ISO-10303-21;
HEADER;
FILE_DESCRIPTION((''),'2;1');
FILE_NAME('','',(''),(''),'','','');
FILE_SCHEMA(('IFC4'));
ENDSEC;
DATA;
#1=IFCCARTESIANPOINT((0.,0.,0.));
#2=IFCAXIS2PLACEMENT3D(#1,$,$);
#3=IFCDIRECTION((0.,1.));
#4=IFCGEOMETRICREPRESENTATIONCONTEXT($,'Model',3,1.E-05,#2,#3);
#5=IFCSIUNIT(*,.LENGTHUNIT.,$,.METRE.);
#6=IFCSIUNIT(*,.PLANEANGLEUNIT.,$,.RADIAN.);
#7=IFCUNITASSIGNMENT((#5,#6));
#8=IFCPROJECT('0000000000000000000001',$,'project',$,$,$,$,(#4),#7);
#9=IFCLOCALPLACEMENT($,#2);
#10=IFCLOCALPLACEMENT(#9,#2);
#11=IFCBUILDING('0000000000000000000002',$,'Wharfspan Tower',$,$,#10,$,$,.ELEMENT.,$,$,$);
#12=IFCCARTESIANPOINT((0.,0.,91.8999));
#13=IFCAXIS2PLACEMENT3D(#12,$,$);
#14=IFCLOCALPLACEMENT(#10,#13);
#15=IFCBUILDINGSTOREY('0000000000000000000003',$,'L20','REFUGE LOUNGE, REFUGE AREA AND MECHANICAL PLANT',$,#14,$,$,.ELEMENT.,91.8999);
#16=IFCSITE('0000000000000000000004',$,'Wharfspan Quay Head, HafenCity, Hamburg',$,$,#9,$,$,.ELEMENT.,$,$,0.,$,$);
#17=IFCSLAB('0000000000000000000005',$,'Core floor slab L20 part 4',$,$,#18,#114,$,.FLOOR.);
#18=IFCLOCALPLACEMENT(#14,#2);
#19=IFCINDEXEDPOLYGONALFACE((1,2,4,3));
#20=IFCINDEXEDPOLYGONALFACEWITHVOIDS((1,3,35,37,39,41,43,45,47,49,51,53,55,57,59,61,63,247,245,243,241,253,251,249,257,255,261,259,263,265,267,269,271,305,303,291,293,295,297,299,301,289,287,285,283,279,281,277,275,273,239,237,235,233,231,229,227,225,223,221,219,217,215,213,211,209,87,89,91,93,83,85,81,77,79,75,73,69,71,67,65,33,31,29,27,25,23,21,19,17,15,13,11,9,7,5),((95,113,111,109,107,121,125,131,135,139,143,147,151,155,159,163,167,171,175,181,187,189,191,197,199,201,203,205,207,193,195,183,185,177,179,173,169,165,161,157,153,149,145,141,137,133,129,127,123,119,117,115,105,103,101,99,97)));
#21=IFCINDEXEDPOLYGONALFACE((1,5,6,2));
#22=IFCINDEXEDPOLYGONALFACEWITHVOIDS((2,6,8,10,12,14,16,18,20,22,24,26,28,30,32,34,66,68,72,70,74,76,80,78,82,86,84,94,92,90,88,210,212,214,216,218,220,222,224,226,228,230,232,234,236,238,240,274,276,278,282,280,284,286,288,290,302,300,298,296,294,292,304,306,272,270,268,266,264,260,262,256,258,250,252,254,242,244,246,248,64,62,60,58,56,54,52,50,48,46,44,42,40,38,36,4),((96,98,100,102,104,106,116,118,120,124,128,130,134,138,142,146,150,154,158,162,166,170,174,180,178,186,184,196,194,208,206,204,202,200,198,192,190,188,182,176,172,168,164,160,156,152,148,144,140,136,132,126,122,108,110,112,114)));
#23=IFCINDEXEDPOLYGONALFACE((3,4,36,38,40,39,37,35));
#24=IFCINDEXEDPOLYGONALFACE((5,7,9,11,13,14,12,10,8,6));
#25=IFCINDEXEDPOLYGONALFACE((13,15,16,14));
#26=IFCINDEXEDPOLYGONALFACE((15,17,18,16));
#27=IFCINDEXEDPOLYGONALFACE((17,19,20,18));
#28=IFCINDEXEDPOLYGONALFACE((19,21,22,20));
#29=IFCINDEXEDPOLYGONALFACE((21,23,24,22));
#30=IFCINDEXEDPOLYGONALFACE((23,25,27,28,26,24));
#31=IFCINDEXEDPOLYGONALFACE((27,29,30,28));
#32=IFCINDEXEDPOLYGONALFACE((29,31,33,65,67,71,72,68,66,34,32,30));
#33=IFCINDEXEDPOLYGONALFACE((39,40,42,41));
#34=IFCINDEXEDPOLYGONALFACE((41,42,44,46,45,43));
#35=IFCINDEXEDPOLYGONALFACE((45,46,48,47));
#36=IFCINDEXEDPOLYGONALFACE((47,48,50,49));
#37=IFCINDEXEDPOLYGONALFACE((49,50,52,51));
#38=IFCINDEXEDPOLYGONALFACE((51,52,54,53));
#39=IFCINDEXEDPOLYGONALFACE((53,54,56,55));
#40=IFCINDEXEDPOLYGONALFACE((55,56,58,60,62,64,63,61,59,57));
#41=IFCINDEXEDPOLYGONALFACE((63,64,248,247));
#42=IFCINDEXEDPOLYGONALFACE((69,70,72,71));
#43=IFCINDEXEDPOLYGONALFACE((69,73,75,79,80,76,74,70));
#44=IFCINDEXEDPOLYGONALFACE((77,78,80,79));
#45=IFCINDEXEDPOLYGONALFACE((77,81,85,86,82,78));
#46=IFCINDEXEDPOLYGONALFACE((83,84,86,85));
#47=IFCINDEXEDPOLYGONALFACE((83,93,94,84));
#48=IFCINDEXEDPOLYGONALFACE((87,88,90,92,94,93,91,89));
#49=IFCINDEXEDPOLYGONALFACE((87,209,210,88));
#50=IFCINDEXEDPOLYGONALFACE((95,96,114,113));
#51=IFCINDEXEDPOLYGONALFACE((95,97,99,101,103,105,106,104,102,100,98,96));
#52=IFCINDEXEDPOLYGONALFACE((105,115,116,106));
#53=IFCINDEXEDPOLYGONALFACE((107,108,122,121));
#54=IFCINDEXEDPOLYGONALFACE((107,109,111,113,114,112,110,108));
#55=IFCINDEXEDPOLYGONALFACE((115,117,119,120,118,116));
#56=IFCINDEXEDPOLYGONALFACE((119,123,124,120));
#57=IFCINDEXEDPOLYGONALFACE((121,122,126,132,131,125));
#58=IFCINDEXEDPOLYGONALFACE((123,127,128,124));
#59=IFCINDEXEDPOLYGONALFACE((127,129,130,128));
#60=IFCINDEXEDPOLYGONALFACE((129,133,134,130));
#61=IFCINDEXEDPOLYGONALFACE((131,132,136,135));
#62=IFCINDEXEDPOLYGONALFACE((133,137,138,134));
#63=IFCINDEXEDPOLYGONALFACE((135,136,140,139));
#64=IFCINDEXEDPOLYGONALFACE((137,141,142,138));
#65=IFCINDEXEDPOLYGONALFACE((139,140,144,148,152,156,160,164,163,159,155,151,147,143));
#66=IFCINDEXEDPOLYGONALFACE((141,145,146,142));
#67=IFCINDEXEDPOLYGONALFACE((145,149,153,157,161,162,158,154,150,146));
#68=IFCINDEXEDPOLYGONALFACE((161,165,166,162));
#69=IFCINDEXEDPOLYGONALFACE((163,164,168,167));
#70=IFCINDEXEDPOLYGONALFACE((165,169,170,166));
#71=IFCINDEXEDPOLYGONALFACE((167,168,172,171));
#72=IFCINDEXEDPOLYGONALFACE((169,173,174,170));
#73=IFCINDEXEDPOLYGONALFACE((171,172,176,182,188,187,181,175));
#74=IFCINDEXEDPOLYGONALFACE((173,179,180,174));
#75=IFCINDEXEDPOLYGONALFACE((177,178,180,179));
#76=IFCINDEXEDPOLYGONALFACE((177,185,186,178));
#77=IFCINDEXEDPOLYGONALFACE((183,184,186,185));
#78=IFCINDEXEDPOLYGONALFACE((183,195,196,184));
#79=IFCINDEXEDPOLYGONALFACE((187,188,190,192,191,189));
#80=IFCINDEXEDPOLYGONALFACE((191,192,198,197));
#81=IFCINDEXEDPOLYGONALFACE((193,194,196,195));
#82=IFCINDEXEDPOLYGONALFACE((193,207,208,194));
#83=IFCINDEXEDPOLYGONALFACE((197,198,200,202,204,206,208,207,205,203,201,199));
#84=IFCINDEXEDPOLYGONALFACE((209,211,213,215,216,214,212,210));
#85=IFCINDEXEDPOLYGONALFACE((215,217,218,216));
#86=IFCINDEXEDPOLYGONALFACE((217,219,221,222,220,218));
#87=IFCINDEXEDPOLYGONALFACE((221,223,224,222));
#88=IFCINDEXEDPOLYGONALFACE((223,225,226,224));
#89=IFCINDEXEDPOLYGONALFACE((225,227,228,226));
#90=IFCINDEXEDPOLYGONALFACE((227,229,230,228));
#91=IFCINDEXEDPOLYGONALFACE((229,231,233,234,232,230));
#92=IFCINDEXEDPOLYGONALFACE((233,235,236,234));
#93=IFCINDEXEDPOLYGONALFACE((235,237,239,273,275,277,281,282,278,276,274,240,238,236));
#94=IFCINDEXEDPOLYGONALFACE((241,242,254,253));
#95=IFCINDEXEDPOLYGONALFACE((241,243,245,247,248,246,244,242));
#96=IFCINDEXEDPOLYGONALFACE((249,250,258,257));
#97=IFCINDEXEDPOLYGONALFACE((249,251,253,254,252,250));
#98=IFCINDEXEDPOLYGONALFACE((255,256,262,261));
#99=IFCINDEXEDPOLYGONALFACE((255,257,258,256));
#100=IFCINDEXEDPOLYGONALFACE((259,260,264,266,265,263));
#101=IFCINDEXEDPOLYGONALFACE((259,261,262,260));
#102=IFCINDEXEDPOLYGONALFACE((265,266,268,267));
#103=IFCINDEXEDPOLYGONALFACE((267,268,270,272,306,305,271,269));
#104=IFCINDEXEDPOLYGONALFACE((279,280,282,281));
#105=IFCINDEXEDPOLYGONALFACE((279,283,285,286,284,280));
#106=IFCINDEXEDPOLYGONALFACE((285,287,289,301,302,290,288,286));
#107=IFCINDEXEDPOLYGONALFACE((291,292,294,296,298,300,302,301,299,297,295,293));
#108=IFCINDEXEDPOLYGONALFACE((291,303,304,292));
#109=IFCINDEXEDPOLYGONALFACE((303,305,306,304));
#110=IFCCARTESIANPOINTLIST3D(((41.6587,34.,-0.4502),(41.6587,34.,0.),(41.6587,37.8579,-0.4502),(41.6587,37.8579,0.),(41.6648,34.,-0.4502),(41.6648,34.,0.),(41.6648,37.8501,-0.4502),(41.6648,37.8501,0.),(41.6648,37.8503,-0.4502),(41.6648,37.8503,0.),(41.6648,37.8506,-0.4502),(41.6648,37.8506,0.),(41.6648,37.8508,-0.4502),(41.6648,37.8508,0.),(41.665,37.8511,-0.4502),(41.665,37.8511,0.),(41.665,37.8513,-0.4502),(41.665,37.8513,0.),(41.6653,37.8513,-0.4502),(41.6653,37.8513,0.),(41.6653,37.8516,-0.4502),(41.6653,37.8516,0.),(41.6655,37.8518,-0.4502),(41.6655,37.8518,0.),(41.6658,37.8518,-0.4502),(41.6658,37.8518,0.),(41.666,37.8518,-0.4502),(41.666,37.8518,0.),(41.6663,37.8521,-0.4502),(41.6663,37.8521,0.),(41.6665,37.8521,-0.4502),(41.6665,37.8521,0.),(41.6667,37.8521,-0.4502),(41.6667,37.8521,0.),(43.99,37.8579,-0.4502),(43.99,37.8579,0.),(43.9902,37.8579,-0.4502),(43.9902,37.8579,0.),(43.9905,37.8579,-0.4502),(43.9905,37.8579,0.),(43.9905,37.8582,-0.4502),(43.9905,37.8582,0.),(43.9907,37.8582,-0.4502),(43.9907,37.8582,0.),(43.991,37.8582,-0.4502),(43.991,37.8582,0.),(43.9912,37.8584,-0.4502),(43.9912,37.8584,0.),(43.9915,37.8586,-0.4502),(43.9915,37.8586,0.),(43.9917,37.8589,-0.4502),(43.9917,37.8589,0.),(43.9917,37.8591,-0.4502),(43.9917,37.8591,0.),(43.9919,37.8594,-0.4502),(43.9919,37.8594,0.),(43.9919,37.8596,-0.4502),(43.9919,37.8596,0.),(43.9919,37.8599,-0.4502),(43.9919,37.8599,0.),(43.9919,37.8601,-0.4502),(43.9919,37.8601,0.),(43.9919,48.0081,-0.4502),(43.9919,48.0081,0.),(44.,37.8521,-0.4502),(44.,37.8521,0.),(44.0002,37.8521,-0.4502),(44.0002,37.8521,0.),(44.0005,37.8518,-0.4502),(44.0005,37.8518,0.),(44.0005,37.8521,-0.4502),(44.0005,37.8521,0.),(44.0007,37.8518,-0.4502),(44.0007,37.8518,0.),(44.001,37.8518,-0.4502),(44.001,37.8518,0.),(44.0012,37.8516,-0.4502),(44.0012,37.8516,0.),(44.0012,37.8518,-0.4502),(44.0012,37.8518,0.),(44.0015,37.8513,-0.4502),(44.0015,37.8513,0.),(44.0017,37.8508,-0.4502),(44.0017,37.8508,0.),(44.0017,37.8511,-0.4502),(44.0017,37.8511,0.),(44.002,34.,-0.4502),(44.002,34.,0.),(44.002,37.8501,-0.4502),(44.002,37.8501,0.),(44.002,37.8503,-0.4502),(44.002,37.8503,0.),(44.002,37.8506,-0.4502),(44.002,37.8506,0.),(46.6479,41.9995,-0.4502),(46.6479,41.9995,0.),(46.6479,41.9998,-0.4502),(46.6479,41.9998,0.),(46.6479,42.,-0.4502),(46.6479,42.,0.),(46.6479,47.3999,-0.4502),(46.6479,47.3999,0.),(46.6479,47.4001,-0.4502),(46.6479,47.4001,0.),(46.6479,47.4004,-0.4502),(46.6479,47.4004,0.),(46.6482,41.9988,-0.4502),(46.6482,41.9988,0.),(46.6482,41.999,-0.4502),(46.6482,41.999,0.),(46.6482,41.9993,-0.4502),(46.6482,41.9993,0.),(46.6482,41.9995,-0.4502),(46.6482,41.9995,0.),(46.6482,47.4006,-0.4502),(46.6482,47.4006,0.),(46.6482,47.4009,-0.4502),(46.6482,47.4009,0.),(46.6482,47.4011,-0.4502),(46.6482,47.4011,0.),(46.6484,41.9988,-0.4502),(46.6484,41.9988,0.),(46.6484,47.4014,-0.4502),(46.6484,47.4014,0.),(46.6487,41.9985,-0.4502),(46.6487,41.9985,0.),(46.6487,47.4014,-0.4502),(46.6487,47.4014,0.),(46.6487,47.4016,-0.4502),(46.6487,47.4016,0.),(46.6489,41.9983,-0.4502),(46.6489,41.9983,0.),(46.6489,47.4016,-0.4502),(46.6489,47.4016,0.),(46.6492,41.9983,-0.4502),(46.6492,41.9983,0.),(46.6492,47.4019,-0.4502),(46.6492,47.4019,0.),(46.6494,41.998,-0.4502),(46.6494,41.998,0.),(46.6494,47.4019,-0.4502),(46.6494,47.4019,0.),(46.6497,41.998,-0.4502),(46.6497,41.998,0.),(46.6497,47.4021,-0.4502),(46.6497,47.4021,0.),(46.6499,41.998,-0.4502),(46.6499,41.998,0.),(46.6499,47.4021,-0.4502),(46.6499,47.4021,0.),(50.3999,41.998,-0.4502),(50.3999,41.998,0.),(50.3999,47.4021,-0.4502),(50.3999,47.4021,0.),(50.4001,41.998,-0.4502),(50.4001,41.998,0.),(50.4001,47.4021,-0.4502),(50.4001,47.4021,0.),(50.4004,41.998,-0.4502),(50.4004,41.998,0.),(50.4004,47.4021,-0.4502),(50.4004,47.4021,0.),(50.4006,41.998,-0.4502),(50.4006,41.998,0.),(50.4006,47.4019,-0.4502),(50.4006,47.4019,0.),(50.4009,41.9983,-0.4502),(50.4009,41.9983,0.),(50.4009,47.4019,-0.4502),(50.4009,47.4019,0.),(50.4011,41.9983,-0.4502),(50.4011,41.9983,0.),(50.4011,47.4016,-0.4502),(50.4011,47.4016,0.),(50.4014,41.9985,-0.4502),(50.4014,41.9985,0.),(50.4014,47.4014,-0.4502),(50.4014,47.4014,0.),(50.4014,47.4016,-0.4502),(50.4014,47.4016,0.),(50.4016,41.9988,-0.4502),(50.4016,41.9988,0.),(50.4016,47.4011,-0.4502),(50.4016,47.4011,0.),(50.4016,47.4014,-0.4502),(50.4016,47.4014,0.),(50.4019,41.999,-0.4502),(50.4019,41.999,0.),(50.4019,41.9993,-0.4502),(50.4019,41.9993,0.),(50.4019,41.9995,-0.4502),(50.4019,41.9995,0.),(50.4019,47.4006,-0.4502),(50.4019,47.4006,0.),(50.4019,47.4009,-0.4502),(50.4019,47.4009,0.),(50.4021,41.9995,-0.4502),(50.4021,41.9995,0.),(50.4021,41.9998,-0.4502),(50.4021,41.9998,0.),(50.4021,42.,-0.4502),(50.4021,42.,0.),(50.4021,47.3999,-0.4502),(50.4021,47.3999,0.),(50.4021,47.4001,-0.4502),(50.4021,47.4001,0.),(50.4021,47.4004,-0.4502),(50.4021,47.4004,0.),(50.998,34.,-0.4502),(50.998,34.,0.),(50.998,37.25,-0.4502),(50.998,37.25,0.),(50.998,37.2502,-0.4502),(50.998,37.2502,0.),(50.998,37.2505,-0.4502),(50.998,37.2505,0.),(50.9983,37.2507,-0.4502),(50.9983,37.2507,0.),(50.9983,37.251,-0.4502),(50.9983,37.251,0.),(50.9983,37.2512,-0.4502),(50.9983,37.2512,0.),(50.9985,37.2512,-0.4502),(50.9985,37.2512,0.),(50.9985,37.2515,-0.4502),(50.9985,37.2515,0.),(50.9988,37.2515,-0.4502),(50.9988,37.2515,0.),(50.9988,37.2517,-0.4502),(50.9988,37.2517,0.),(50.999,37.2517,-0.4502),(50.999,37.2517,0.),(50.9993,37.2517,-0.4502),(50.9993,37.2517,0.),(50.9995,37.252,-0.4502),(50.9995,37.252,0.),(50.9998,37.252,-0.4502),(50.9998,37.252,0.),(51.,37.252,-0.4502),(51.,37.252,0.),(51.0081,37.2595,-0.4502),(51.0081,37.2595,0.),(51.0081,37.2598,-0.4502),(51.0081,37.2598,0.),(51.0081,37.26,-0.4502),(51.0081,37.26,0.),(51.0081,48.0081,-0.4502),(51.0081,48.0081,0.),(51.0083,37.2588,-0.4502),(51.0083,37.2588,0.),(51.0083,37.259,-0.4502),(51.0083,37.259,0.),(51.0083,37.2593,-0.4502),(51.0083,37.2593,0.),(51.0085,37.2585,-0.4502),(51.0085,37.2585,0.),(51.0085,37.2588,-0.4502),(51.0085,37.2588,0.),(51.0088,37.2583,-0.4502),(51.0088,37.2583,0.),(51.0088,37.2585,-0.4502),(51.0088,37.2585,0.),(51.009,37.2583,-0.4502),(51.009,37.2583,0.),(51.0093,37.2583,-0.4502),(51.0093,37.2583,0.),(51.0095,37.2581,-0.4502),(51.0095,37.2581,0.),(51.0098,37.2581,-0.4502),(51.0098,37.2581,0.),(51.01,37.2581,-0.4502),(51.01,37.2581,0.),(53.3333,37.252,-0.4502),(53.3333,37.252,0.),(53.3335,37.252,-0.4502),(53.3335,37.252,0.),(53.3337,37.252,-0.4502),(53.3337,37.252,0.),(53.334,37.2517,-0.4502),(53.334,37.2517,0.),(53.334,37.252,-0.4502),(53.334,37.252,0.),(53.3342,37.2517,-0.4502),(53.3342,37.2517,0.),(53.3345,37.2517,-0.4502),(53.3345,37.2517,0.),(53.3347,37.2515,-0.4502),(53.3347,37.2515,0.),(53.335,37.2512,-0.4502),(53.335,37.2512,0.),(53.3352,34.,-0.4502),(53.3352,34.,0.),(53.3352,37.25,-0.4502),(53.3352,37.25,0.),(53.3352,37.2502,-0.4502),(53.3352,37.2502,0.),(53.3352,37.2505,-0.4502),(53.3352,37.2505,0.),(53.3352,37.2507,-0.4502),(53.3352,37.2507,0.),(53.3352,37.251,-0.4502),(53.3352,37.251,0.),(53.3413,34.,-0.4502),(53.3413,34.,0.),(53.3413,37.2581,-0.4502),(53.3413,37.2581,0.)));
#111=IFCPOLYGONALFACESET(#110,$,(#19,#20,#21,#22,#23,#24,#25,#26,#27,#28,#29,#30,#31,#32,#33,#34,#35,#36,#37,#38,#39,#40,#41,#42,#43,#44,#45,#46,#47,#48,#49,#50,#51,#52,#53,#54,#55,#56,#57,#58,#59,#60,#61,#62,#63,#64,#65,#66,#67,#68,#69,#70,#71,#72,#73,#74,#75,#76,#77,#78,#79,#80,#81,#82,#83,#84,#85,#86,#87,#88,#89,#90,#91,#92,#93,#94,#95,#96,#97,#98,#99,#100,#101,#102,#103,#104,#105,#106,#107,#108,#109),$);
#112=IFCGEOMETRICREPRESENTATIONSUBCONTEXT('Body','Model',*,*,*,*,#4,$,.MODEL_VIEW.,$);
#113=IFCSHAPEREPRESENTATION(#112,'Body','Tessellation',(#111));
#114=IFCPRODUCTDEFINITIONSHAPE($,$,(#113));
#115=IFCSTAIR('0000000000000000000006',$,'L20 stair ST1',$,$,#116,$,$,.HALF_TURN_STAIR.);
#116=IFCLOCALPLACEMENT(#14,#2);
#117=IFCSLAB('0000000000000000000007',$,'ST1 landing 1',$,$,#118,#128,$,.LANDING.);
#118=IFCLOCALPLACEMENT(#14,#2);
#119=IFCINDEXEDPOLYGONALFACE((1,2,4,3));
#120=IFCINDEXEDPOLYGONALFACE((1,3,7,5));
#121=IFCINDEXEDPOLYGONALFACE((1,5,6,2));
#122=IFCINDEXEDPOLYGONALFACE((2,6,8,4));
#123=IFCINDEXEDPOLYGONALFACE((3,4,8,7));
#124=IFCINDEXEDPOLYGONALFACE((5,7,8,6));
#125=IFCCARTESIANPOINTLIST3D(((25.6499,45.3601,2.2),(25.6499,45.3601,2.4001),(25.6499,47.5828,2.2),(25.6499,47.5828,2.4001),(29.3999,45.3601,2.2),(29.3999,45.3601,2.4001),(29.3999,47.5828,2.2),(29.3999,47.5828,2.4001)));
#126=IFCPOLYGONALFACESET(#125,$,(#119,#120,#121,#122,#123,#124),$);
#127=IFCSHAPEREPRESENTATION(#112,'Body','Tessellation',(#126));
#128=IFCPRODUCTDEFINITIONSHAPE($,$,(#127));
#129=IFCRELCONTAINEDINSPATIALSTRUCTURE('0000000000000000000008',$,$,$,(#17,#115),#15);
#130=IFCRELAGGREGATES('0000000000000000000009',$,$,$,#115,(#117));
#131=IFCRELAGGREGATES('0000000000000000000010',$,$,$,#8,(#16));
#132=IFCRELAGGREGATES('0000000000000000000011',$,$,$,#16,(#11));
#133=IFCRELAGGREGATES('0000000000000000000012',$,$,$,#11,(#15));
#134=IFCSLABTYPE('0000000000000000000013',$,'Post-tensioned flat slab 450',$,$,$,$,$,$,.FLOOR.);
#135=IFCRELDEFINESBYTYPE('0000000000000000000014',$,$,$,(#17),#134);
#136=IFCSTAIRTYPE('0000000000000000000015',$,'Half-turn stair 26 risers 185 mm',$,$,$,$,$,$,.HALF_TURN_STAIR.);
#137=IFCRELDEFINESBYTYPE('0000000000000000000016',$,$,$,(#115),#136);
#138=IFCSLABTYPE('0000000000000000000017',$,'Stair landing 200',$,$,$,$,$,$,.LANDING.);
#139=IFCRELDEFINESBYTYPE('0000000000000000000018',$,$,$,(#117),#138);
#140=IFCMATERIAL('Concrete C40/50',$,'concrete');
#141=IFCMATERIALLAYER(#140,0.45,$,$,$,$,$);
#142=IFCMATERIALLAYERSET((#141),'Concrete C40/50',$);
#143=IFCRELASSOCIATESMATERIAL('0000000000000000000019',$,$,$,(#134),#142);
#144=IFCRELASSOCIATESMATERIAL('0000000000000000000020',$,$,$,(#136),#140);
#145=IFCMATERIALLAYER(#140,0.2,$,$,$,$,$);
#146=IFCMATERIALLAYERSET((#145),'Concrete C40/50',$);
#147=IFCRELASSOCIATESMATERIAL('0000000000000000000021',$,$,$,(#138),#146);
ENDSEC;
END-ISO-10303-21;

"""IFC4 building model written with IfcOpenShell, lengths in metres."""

from ifc_helpers import new_model, si_unit, direction, frame, origin, place, context, subcontext, project, spatial, polyline, outline, extrude, material, layer, layer_set, type_object, element, aggregate, save


model = new_model("IFC4")

# Units and contexts
model_context = context("Model", 3, precision=1e-05, world=origin(), true_north=direction((0.0, 1.0)))
body_context = subcontext(model_context, "Body", "Model", "MODEL_VIEW")
ifc_project = project(units=[si_unit("LENGTHUNIT", "METRE"), si_unit("PLANEANGLEUNIT", "RADIAN")], contexts=[model_context])

# Site, building, storey
site_placement = place(None, origin())
site = spatial("IfcSite", under=ifc_project, at=site_placement, Name="Wharfspan Quay Head, HafenCity, Hamburg", CompositionType="ELEMENT", RefElevation=0.0)
building_placement = place(site_placement, origin())
building = spatial("IfcBuilding", under=site, at=building_placement, Name="Wharfspan Tower", CompositionType="ELEMENT")
storey_placement = place(building_placement, frame((0.0, 0.0, 91.8999)))
storey = spatial("IfcBuildingStorey", under=building, at=storey_placement, Name="L20", Description="REFUGE LOUNGE, REFUGE AREA AND MECHANICAL PLANT", CompositionType="ELEMENT", Elevation=91.8999)

# Slab
ifc_material_1 = material(Name="Concrete C40/50", Category="concrete")
ifc_layer_1 = layer(ifc_material_1, 0.45)
ifc_layer_set_1 = layer_set([ifc_layer_1], Name="Concrete C40/50")
slab_type_1 = type_object("IfcSlabType", Name="Post-tensioned flat slab 450", PredefinedType="FLOOR", material=ifc_layer_set_1)
slab_1_placement = place(storey_placement, frame((0.0, 0.0, -0.4502)))
element("IfcSlab", 1, at=slab_1_placement, inside=storey, type_object=slab_type_1, Name="Core floor slab L20 part 4", PredefinedType="FLOOR", context=body_context, shape_type="SweptSolid", body=[
    extrude(outline(polyline([(53.3413, 34.0), (53.3413, 37.2581), (51.01, 37.2581), (51.0098, 37.2581), (51.0095, 37.2581), (51.0095, 37.2581), (51.0093, 37.2583), (51.009, 37.2583), (51.0088, 37.2583), (51.0088, 37.2585), (51.0085, 37.2585), (51.0085, 37.2588), (51.0083, 37.2588), (51.0083, 37.259), (51.0083, 37.2593), (51.0081, 37.2595), (51.0081, 37.2595), (51.0081, 37.2598), (51.0081, 37.26), (51.0081, 48.0081), (43.9919, 48.0081), (43.9919, 37.8601), (43.9919, 37.8599), (43.9919, 37.8596), (43.9919, 37.8594), (43.9917, 37.8591), (43.9917, 37.8591), (43.9917, 37.8589), (43.9915, 37.8586), (43.9915, 37.8586), (43.9912, 37.8584), (43.9912, 37.8584), (43.991, 37.8582), (43.9907, 37.8582), (43.9905, 37.8582), (43.9905, 37.8579), (43.9902, 37.8579), (43.99, 37.8579), (41.6587, 37.8579), (41.6587, 34.0), (41.6648, 34.0), (41.6648, 37.8501), (41.6648, 37.8501), (41.6648, 37.8503), (41.6648, 37.8506), (41.6648, 37.8508), (41.6648, 37.8508), (41.665, 37.8511), (41.665, 37.8513), (41.6653, 37.8513), (41.6653, 37.8516), (41.6655, 37.8518), (41.6658, 37.8518), (41.666, 37.8518), (41.666, 37.8518), (41.6663, 37.8521), (41.6665, 37.8521), (41.6667, 37.8521), (44.0, 37.8521), (44.0002, 37.8521), (44.0005, 37.8521), (44.0005, 37.8518), (44.0007, 37.8518), (44.001, 37.8518), (44.0012, 37.8518), (44.0012, 37.8516), (44.0015, 37.8513), (44.0015, 37.8513), (44.0017, 37.8511), (44.0017, 37.8508), (44.0017, 37.8508), (44.002, 37.8506), (44.002, 37.8503), (44.002, 37.8501), (44.002, 37.8501), (44.002, 34.0), (50.998, 34.0), (50.998, 37.25), (50.998, 37.2502), (50.998, 37.2505), (50.998, 37.2505), (50.9983, 37.2507), (50.9983, 37.251), (50.9983, 37.2512), (50.9985, 37.2512), (50.9985, 37.2515), (50.9988, 37.2515), (50.9988, 37.2517), (50.999, 37.2517), (50.9993, 37.2517), (50.9995, 37.252), (50.9995, 37.252), (50.9998, 37.252), (51.0, 37.252), (53.3333, 37.252), (53.3335, 37.252), (53.3337, 37.252), (53.334, 37.252), (53.334, 37.2517), (53.3342, 37.2517), (53.3345, 37.2517), (53.3347, 37.2515), (53.3347, 37.2515), (53.335, 37.2512), (53.335, 37.2512), (53.3352, 37.251), (53.3352, 37.2507), (53.3352, 37.2505), (53.3352, 37.2505), (53.3352, 37.2502), (53.3352, 37.25), (53.3352, 34.0), (53.3413, 34.0)]), holes=[polyline([(46.6499, 41.998), (46.6499, 41.998), (46.6497, 41.998), (46.6494, 41.998), (46.6492, 41.9983), (46.6492, 41.9983), (46.6489, 41.9983), (46.6487, 41.9985), (46.6487, 41.9985), (46.6484, 41.9988), (46.6482, 41.9988), (46.6482, 41.999), (46.6482, 41.9993), (46.6482, 41.9995), (46.6479, 41.9995), (46.6479, 41.9998), (46.6479, 42.0), (46.6479, 47.3999), (46.6479, 47.4001), (46.6479, 47.4004), (46.6482, 47.4006), (46.6482, 47.4009), (46.6482, 47.4009), (46.6482, 47.4011), (46.6484, 47.4014), (46.6487, 47.4014), (46.6487, 47.4016), (46.6489, 47.4016), (46.6492, 47.4019), (46.6492, 47.4019), (46.6494, 47.4019), (46.6497, 47.4021), (46.6499, 47.4021), (46.6499, 47.4021), (50.3999, 47.4021), (50.4001, 47.4021), (50.4004, 47.4021), (50.4006, 47.4019), (50.4009, 47.4019), (50.4009, 47.4019), (50.4011, 47.4016), (50.4014, 47.4016), (50.4014, 47.4014), (50.4016, 47.4014), (50.4016, 47.4011), (50.4019, 47.4009), (50.4019, 47.4009), (50.4019, 47.4006), (50.4021, 47.4004), (50.4021, 47.4001), (50.4021, 47.3999), (50.4021, 42.0), (50.4021, 41.9998), (50.4021, 41.9995), (50.4019, 41.9995), (50.4019, 41.9993), (50.4019, 41.999), (50.4016, 41.9988), (50.4016, 41.9988), (50.4014, 41.9985), (50.4014, 41.9985), (50.4011, 41.9983), (50.4009, 41.9983), (50.4009, 41.9983), (50.4006, 41.998), (50.4004, 41.998), (50.4001, 41.998), (50.3999, 41.998), (46.6499, 41.998)])]), origin(), (0.0, 0.0, 1.0), 0.4502),
])

# Stair, slab
stair_type = type_object("IfcStairType", Name="Half-turn stair 26 risers 185 mm", PredefinedType="HALF_TURN_STAIR", material=ifc_material_1)
stair_1_placement = place(storey_placement, origin())
stair_1 = element("IfcStair", 2, at=stair_1_placement, inside=storey, type_object=stair_type, Name="L20 stair ST1", PredefinedType="HALF_TURN_STAIR")
ifc_layer_2 = layer(ifc_material_1, 0.2)
ifc_layer_set_2 = layer_set([ifc_layer_2], Name="Concrete C40/50")
slab_type_2 = type_object("IfcSlabType", Name="Stair landing 200", PredefinedType="LANDING", material=ifc_layer_set_2)
slab_2_placement = place(storey_placement, frame((0.0, 0.0, 2.2)))
slab_2 = element("IfcSlab", 3, at=slab_2_placement, type_object=slab_type_2, Name="ST1 landing 1", PredefinedType="LANDING", context=body_context, shape_type="SweptSolid", body=[
    extrude(outline(polyline([(25.6499, 45.3601), (29.3999, 45.3601), (29.3999, 47.5828), (25.6499, 47.5828), (25.6499, 45.3601)])), origin(), (0.0, 0.0, 1.0), 0.2002),
])
aggregate(stair_1, [slab_2])

save(model, "model.ifc")
